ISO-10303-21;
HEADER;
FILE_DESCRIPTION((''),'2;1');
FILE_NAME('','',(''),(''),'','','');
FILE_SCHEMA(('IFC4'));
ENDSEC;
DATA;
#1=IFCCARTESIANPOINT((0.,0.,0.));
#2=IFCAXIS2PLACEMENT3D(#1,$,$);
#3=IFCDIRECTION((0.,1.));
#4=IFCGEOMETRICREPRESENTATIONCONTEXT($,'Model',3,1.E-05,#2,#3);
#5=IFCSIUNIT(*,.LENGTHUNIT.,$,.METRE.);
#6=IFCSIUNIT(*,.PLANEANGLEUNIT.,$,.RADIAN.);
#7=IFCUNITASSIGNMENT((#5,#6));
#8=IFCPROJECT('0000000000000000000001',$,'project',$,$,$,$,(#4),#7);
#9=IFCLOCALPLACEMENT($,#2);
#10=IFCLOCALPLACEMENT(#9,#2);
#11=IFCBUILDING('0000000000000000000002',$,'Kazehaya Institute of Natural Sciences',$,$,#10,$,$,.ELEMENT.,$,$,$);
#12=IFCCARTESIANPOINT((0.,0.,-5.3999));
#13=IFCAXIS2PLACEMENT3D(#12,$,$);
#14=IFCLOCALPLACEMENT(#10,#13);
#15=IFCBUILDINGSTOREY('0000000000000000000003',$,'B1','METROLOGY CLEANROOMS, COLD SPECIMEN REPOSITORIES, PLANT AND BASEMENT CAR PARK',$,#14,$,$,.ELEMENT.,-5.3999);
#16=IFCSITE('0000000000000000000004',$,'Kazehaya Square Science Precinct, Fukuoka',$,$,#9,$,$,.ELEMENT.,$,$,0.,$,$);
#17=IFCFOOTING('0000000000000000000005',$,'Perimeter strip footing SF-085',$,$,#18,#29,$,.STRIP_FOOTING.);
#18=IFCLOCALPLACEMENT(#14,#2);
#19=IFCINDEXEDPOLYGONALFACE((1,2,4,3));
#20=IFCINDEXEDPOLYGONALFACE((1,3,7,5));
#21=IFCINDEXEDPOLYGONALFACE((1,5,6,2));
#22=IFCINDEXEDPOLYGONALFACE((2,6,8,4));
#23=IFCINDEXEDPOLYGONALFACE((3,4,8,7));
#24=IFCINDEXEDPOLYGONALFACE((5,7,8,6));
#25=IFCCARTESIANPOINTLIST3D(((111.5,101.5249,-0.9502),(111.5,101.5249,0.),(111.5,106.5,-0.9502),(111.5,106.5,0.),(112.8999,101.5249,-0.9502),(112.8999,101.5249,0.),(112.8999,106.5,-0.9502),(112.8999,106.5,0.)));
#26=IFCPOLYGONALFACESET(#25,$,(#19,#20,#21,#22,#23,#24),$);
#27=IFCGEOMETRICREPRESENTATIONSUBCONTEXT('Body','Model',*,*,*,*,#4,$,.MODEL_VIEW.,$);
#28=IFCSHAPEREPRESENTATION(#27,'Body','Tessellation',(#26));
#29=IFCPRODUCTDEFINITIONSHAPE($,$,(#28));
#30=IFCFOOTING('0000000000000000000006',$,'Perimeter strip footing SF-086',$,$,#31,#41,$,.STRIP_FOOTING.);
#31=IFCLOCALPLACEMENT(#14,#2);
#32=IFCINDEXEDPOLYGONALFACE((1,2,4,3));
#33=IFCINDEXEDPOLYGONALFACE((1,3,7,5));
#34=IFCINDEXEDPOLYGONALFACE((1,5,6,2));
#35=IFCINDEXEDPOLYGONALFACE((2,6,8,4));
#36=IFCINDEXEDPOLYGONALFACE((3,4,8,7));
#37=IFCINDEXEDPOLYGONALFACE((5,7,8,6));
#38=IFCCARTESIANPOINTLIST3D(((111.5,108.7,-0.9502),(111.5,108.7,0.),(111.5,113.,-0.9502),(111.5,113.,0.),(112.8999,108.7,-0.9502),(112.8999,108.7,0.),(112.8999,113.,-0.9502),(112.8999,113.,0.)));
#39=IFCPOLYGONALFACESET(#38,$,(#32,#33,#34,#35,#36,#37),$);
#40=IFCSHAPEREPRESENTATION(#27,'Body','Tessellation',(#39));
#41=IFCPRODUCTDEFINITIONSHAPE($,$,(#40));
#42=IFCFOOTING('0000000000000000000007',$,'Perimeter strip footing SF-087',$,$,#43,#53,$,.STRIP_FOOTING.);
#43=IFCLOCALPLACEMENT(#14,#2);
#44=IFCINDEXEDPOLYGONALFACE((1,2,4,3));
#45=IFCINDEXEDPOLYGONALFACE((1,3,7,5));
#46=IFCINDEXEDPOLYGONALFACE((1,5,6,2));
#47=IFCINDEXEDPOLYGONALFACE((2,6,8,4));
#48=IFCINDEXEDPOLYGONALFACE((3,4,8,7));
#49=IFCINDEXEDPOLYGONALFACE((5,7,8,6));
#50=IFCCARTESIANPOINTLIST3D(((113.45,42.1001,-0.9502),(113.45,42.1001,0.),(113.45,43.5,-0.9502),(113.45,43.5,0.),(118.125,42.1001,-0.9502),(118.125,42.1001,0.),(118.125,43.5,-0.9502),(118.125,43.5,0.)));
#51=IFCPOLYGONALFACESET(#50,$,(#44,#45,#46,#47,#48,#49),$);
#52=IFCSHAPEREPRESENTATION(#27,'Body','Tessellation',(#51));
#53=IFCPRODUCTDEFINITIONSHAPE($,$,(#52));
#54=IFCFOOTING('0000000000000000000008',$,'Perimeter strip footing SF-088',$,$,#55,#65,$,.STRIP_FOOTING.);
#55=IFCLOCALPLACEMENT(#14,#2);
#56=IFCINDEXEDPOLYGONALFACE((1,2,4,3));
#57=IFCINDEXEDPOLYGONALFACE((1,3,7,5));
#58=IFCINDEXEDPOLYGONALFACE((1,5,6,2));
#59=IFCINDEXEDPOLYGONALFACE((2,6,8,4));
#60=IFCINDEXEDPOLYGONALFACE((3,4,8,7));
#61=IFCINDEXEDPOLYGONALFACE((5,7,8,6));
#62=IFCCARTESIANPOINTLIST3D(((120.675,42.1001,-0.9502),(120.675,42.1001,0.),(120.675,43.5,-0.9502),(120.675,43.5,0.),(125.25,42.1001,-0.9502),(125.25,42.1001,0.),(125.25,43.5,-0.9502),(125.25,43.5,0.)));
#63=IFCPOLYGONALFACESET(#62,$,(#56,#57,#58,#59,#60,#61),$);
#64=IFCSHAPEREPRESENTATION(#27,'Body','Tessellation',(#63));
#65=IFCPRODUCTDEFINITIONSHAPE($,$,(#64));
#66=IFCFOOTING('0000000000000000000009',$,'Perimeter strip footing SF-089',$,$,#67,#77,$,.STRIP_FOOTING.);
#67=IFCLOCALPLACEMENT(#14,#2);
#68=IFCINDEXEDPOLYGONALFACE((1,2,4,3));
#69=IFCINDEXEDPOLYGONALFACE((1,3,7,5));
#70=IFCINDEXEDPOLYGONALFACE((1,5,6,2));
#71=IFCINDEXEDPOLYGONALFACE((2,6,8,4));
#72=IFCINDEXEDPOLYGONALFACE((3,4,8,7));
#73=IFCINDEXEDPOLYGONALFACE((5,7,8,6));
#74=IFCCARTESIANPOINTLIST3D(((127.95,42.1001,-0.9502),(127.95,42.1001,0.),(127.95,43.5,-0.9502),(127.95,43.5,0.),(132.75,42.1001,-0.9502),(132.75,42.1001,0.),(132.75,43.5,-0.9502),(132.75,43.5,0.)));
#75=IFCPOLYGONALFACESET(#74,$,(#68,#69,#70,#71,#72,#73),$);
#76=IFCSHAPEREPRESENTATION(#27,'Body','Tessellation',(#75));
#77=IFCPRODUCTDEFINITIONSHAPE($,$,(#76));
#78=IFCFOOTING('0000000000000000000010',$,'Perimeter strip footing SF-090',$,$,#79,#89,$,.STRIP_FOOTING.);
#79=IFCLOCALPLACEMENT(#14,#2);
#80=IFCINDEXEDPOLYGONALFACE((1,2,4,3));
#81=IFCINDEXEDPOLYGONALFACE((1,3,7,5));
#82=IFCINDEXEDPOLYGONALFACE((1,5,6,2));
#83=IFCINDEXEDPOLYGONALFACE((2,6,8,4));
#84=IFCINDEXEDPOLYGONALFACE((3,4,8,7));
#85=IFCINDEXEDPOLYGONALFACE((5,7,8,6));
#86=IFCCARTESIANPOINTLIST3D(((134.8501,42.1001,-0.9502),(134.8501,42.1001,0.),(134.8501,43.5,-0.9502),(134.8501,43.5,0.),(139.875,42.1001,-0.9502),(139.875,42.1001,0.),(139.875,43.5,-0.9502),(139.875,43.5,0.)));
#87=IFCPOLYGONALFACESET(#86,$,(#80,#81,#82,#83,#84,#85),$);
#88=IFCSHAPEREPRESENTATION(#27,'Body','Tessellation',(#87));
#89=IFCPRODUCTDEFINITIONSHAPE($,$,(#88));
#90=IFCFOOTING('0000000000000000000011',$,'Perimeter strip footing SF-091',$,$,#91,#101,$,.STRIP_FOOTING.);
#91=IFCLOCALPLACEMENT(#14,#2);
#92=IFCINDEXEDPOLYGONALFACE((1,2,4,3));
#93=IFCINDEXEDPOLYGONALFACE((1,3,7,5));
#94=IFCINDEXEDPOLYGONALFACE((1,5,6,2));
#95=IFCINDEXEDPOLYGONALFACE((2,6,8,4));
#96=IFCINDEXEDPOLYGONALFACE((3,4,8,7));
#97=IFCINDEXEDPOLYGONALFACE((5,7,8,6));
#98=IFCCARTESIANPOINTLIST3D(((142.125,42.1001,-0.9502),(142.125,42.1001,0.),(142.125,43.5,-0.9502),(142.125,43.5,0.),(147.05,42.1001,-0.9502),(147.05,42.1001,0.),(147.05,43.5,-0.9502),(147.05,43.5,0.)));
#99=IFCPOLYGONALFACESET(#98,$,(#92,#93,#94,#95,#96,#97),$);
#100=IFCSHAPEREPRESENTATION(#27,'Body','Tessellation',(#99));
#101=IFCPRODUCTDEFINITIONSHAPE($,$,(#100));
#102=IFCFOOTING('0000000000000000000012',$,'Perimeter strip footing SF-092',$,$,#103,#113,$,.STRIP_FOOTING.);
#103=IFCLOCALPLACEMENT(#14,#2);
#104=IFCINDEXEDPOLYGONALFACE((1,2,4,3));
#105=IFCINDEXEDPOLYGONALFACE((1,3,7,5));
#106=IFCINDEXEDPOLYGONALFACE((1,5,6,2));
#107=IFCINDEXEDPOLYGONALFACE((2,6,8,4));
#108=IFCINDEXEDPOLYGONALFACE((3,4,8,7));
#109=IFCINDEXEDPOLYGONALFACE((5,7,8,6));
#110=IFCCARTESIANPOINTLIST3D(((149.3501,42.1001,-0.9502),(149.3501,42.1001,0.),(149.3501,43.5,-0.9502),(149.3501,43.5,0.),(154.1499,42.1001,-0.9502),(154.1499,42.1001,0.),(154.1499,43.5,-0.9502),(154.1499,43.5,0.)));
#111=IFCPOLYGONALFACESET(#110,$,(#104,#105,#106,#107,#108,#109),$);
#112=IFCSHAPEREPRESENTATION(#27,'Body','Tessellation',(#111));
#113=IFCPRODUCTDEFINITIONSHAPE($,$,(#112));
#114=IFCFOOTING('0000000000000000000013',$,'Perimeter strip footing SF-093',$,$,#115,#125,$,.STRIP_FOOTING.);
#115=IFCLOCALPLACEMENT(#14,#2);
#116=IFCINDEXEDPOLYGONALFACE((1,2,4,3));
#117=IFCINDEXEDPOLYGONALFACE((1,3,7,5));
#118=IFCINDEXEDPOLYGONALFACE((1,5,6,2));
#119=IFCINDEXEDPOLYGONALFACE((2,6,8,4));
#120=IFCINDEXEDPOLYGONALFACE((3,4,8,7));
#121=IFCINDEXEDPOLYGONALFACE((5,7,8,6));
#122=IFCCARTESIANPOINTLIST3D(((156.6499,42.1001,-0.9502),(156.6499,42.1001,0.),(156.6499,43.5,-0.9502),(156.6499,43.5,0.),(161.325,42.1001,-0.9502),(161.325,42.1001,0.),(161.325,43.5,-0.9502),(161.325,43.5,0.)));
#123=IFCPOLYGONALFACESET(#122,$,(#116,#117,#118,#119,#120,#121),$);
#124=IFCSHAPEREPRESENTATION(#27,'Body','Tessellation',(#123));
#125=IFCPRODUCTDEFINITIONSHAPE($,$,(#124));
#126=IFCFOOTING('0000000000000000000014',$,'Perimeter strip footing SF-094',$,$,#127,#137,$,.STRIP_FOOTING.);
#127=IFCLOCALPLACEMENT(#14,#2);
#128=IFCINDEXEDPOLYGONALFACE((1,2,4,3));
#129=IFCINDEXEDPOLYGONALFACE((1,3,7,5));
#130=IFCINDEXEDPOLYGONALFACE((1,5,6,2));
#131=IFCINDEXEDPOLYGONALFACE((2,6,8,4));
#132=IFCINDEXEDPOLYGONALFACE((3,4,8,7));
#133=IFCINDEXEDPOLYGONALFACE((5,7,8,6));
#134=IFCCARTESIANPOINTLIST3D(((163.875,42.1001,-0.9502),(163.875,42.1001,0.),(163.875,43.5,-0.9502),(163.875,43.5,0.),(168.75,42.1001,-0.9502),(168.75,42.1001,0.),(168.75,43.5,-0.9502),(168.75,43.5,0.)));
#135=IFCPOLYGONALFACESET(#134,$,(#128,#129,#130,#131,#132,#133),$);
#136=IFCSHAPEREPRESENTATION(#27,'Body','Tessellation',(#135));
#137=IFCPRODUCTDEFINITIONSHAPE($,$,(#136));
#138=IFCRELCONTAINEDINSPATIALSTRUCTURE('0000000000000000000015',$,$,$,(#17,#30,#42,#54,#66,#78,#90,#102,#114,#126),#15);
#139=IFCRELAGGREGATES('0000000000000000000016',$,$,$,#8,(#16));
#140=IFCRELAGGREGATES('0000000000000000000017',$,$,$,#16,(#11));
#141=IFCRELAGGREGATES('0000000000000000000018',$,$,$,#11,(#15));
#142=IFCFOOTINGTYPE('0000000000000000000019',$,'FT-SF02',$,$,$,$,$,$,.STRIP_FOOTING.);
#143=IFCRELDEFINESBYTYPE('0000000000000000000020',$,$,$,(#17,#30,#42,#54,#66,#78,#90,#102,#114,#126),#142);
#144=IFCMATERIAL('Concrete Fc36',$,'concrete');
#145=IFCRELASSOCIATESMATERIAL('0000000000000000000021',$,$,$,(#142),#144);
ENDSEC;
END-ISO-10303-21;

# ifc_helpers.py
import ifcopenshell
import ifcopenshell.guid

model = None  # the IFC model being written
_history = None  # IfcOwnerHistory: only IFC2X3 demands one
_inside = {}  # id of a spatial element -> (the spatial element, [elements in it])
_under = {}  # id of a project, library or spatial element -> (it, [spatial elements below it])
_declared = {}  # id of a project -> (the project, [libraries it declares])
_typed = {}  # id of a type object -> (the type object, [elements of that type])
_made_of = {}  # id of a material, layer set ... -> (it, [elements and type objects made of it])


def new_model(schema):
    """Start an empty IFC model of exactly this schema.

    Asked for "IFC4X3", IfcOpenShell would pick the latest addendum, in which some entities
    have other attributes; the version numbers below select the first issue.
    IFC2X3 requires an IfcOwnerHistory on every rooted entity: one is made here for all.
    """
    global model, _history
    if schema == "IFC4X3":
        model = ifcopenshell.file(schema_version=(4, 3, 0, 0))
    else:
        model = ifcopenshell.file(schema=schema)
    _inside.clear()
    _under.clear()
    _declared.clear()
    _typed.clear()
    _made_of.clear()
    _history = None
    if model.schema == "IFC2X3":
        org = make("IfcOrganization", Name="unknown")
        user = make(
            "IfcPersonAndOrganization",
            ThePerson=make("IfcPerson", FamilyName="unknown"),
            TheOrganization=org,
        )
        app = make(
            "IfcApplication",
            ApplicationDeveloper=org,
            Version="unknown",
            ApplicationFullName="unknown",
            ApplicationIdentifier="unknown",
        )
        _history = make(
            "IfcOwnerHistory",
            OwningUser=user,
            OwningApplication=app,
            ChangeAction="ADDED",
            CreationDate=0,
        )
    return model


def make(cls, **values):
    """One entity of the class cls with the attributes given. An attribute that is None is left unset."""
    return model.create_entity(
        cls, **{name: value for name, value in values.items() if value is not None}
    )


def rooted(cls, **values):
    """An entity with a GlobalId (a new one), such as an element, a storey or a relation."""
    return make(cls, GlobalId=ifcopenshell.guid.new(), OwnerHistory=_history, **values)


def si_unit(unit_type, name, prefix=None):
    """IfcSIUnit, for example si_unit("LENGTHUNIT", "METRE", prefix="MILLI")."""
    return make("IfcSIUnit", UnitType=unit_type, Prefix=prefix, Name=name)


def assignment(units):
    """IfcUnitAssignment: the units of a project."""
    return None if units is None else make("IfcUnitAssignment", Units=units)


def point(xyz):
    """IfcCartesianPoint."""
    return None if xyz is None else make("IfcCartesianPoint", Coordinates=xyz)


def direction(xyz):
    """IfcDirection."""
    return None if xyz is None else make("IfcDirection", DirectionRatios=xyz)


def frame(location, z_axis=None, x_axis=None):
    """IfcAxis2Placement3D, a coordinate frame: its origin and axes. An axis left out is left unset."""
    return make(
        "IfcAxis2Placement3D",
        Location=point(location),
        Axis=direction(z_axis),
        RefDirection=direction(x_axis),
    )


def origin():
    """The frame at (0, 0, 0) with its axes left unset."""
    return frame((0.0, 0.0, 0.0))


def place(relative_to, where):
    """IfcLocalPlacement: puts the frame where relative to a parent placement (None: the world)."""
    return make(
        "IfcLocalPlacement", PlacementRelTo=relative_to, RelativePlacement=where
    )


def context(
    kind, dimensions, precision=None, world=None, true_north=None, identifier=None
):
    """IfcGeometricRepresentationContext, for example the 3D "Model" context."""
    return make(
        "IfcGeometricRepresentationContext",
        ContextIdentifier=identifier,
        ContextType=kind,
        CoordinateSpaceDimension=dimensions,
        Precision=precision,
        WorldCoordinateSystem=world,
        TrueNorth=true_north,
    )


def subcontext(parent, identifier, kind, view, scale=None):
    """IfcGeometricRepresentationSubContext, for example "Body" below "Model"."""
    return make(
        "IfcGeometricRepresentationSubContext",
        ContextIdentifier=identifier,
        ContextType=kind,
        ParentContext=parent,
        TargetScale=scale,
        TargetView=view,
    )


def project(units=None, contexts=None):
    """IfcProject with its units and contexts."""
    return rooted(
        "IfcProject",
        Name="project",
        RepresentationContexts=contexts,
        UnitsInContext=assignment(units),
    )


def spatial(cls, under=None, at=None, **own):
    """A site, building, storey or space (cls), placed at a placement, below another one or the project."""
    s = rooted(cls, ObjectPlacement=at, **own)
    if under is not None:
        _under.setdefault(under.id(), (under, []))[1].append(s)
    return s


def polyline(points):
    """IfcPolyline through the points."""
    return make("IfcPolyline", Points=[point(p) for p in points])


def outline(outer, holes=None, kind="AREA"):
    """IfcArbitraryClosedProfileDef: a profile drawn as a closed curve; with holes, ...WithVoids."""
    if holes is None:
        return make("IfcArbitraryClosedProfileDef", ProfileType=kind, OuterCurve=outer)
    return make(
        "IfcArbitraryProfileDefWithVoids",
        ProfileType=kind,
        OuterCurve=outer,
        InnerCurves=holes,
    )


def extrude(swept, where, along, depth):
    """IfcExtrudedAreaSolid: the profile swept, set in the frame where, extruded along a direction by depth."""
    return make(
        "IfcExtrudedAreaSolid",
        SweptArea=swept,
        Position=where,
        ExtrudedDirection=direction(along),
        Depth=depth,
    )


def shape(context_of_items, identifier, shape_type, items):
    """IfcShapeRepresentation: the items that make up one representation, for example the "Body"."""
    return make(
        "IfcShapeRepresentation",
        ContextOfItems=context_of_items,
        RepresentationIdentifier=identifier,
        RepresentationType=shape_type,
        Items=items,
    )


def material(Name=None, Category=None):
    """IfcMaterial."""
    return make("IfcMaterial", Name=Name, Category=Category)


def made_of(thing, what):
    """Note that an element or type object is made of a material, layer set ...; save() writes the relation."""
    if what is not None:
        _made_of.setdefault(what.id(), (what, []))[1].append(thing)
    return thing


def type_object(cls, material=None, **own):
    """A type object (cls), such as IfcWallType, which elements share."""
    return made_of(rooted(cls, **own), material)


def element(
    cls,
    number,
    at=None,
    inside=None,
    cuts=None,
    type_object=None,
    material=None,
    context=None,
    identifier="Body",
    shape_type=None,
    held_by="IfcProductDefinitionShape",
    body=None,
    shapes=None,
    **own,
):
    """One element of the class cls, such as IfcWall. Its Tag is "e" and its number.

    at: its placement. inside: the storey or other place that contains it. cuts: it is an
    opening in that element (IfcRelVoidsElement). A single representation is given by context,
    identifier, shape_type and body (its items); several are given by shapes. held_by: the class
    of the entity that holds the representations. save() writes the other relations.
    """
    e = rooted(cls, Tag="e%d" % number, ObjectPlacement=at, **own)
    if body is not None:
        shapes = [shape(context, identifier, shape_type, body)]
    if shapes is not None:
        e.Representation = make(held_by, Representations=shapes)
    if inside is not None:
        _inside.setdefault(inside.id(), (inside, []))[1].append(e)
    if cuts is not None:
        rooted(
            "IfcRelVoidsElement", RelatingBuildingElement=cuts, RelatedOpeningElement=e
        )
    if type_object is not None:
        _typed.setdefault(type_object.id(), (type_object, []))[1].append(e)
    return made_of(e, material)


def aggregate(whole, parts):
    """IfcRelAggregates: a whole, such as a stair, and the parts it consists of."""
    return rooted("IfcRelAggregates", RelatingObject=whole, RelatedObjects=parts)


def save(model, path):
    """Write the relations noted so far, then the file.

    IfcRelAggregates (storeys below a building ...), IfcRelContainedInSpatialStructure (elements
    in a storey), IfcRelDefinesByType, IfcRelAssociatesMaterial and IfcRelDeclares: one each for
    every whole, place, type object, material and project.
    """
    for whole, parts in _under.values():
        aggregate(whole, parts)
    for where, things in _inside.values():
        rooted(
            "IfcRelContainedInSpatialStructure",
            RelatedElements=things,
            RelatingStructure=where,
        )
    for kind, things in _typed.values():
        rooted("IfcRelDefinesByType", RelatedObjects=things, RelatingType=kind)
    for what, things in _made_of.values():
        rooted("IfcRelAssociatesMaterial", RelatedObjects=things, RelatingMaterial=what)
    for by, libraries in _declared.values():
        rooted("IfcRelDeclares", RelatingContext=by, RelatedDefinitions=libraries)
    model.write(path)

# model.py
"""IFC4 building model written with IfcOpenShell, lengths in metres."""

from ifc_helpers import new_model, si_unit, direction, frame, origin, place, context, subcontext, project, spatial, polyline, outline, extrude, material, type_object, element, save


model = new_model("IFC4")

# Units and contexts
model_context = context("Model", 3, precision=1e-05, world=origin(), true_north=direction((0.0, 1.0)))
body_context = subcontext(model_context, "Body", "Model", "MODEL_VIEW")
ifc_project = project(units=[si_unit("LENGTHUNIT", "METRE"), si_unit("PLANEANGLEUNIT", "RADIAN")], contexts=[model_context])

# Site, building, storey
site_placement = place(None, origin())
site = spatial("IfcSite", under=ifc_project, at=site_placement, Name="Kazehaya Square Science Precinct, Fukuoka", CompositionType="ELEMENT", RefElevation=0.0)
building_placement = place(site_placement, origin())
building = spatial("IfcBuilding", under=site, at=building_placement, Name="Kazehaya Institute of Natural Sciences", CompositionType="ELEMENT")
storey_placement = place(building_placement, frame((0.0, 0.0, -5.3999)))
storey = spatial("IfcBuildingStorey", under=building, at=storey_placement, Name="B1", Description="METROLOGY CLEANROOMS, COLD SPECIMEN REPOSITORIES, PLANT AND BASEMENT CAR PARK", CompositionType="ELEMENT", Elevation=-5.3999)

# Footings
ifc_material = material(Name="Concrete Fc36", Category="concrete")
footing_type_1 = type_object("IfcFootingType", Name="FT-SF02", PredefinedType="STRIP_FOOTING", material=ifc_material)
footing_1_placement = place(storey_placement, frame((0.0, 0.0, -0.9502)))
element("IfcFooting", 1, at=footing_1_placement, inside=storey, type_object=footing_type_1, Name="Perimeter strip footing SF-085", PredefinedType="STRIP_FOOTING", context=body_context, shape_type="SweptSolid", body=[
    extrude(outline(polyline([(111.5, 101.5249), (112.8999, 101.5249), (112.8999, 106.5), (111.5, 106.5), (111.5, 101.5249)])), origin(), (0.0, 0.0, 1.0), 0.9502),
])
footing_2_placement = place(storey_placement, frame((0.0, 0.0, -0.9502)))
element("IfcFooting", 2, at=footing_2_placement, inside=storey, type_object=footing_type_1, Name="Perimeter strip footing SF-086", PredefinedType="STRIP_FOOTING", context=body_context, shape_type="SweptSolid", body=[
    extrude(outline(polyline([(111.5, 108.7), (112.8999, 108.7), (112.8999, 113.0), (111.5, 113.0), (111.5, 108.7)])), origin(), (0.0, 0.0, 1.0), 0.9502),
])
footing_3_placement = place(storey_placement, frame((0.0, 0.0, -0.9502)))
element("IfcFooting", 3, at=footing_3_placement, inside=storey, type_object=footing_type_1, Name="Perimeter strip footing SF-087", PredefinedType="STRIP_FOOTING", context=body_context, shape_type="SweptSolid", body=[
    extrude(outline(polyline([(113.45, 42.1001), (118.125, 42.1001), (118.125, 43.5), (113.45, 43.5), (113.45, 42.1001)])), origin(), (0.0, 0.0, 1.0), 0.9502),
])
footing_4_placement = place(storey_placement, frame((0.0, 0.0, -0.9502)))
element("IfcFooting", 4, at=footing_4_placement, inside=storey, type_object=footing_type_1, Name="Perimeter strip footing SF-088", PredefinedType="STRIP_FOOTING", context=body_context, shape_type="SweptSolid", body=[
    extrude(outline(polyline([(120.675, 42.1001), (125.25, 42.1001), (125.25, 43.5), (120.675, 43.5), (120.675, 42.1001)])), origin(), (0.0, 0.0, 1.0), 0.9502),
])
footing_5_placement = place(storey_placement, frame((0.0, 0.0, -0.9502)))
element("IfcFooting", 5, at=footing_5_placement, inside=storey, type_object=footing_type_1, Name="Perimeter strip footing SF-089", PredefinedType="STRIP_FOOTING", context=body_context, shape_type="SweptSolid", body=[
    extrude(outline(polyline([(127.95, 42.1001), (132.75, 42.1001), (132.75, 43.5), (127.95, 43.5), (127.95, 42.1001)])), origin(), (0.0, 0.0, 1.0), 0.9502),
])
footing_6_placement = place(storey_placement, frame((0.0, 0.0, -0.9502)))
element("IfcFooting", 6, at=footing_6_placement, inside=storey, type_object=footing_type_1, Name="Perimeter strip footing SF-090", PredefinedType="STRIP_FOOTING", context=body_context, shape_type="SweptSolid", body=[
    extrude(outline(polyline([(134.8501, 42.1001), (139.875, 42.1001), (139.875, 43.5), (134.8501, 43.5), (134.8501, 42.1001)])), origin(), (0.0, 0.0, 1.0), 0.9502),
])
footing_7_placement = place(storey_placement, frame((0.0, 0.0, -0.9502)))
element("IfcFooting", 7, at=footing_7_placement, inside=storey, type_object=footing_type_1, Name="Perimeter strip footing SF-091", PredefinedType="STRIP_FOOTING", context=body_context, shape_type="SweptSolid", body=[
    extrude(outline(polyline([(142.125, 42.1001), (147.05, 42.1001), (147.05, 43.5), (142.125, 43.5), (142.125, 42.1001)])), origin(), (0.0, 0.0, 1.0), 0.9502),
])
footing_8_placement = place(storey_placement, frame((0.0, 0.0, -0.9502)))
element("IfcFooting", 8, at=footing_8_placement, inside=storey, type_object=footing_type_1, Name="Perimeter strip footing SF-092", PredefinedType="STRIP_FOOTING", context=body_context, shape_type="SweptSolid", body=[
    extrude(outline(polyline([(149.3501, 42.1001), (154.1499, 42.1001), (154.1499, 43.5), (149.3501, 43.5), (149.3501, 42.1001)])), origin(), (0.0, 0.0, 1.0), 0.9502),
])
footing_9_placement = place(storey_placement, frame((0.0, 0.0, -0.9502)))
element("IfcFooting", 9, at=footing_9_placement, inside=storey, type_object=footing_type_1, Name="Perimeter strip footing SF-093", PredefinedType="STRIP_FOOTING", context=body_context, shape_type="SweptSolid", body=[
    extrude(outline(polyline([(156.6499, 42.1001), (161.325, 42.1001), (161.325, 43.5), (156.6499, 43.5), (156.6499, 42.1001)])), origin(), (0.0, 0.0, 1.0), 0.9502),
])
footing_10_placement = place(storey_placement, frame((0.0, 0.0, -0.9502)))
element("IfcFooting", 10, at=footing_10_placement, inside=storey, type_object=footing_type_1, Name="Perimeter strip footing SF-094", PredefinedType="STRIP_FOOTING", context=body_context, shape_type="SweptSolid", body=[
    extrude(outline(polyline([(163.875, 42.1001), (168.75, 42.1001), (168.75, 43.5), (163.875, 43.5), (163.875, 42.1001)])), origin(), (0.0, 0.0, 1.0), 0.9502),
])

save(model, "model.ifc")
